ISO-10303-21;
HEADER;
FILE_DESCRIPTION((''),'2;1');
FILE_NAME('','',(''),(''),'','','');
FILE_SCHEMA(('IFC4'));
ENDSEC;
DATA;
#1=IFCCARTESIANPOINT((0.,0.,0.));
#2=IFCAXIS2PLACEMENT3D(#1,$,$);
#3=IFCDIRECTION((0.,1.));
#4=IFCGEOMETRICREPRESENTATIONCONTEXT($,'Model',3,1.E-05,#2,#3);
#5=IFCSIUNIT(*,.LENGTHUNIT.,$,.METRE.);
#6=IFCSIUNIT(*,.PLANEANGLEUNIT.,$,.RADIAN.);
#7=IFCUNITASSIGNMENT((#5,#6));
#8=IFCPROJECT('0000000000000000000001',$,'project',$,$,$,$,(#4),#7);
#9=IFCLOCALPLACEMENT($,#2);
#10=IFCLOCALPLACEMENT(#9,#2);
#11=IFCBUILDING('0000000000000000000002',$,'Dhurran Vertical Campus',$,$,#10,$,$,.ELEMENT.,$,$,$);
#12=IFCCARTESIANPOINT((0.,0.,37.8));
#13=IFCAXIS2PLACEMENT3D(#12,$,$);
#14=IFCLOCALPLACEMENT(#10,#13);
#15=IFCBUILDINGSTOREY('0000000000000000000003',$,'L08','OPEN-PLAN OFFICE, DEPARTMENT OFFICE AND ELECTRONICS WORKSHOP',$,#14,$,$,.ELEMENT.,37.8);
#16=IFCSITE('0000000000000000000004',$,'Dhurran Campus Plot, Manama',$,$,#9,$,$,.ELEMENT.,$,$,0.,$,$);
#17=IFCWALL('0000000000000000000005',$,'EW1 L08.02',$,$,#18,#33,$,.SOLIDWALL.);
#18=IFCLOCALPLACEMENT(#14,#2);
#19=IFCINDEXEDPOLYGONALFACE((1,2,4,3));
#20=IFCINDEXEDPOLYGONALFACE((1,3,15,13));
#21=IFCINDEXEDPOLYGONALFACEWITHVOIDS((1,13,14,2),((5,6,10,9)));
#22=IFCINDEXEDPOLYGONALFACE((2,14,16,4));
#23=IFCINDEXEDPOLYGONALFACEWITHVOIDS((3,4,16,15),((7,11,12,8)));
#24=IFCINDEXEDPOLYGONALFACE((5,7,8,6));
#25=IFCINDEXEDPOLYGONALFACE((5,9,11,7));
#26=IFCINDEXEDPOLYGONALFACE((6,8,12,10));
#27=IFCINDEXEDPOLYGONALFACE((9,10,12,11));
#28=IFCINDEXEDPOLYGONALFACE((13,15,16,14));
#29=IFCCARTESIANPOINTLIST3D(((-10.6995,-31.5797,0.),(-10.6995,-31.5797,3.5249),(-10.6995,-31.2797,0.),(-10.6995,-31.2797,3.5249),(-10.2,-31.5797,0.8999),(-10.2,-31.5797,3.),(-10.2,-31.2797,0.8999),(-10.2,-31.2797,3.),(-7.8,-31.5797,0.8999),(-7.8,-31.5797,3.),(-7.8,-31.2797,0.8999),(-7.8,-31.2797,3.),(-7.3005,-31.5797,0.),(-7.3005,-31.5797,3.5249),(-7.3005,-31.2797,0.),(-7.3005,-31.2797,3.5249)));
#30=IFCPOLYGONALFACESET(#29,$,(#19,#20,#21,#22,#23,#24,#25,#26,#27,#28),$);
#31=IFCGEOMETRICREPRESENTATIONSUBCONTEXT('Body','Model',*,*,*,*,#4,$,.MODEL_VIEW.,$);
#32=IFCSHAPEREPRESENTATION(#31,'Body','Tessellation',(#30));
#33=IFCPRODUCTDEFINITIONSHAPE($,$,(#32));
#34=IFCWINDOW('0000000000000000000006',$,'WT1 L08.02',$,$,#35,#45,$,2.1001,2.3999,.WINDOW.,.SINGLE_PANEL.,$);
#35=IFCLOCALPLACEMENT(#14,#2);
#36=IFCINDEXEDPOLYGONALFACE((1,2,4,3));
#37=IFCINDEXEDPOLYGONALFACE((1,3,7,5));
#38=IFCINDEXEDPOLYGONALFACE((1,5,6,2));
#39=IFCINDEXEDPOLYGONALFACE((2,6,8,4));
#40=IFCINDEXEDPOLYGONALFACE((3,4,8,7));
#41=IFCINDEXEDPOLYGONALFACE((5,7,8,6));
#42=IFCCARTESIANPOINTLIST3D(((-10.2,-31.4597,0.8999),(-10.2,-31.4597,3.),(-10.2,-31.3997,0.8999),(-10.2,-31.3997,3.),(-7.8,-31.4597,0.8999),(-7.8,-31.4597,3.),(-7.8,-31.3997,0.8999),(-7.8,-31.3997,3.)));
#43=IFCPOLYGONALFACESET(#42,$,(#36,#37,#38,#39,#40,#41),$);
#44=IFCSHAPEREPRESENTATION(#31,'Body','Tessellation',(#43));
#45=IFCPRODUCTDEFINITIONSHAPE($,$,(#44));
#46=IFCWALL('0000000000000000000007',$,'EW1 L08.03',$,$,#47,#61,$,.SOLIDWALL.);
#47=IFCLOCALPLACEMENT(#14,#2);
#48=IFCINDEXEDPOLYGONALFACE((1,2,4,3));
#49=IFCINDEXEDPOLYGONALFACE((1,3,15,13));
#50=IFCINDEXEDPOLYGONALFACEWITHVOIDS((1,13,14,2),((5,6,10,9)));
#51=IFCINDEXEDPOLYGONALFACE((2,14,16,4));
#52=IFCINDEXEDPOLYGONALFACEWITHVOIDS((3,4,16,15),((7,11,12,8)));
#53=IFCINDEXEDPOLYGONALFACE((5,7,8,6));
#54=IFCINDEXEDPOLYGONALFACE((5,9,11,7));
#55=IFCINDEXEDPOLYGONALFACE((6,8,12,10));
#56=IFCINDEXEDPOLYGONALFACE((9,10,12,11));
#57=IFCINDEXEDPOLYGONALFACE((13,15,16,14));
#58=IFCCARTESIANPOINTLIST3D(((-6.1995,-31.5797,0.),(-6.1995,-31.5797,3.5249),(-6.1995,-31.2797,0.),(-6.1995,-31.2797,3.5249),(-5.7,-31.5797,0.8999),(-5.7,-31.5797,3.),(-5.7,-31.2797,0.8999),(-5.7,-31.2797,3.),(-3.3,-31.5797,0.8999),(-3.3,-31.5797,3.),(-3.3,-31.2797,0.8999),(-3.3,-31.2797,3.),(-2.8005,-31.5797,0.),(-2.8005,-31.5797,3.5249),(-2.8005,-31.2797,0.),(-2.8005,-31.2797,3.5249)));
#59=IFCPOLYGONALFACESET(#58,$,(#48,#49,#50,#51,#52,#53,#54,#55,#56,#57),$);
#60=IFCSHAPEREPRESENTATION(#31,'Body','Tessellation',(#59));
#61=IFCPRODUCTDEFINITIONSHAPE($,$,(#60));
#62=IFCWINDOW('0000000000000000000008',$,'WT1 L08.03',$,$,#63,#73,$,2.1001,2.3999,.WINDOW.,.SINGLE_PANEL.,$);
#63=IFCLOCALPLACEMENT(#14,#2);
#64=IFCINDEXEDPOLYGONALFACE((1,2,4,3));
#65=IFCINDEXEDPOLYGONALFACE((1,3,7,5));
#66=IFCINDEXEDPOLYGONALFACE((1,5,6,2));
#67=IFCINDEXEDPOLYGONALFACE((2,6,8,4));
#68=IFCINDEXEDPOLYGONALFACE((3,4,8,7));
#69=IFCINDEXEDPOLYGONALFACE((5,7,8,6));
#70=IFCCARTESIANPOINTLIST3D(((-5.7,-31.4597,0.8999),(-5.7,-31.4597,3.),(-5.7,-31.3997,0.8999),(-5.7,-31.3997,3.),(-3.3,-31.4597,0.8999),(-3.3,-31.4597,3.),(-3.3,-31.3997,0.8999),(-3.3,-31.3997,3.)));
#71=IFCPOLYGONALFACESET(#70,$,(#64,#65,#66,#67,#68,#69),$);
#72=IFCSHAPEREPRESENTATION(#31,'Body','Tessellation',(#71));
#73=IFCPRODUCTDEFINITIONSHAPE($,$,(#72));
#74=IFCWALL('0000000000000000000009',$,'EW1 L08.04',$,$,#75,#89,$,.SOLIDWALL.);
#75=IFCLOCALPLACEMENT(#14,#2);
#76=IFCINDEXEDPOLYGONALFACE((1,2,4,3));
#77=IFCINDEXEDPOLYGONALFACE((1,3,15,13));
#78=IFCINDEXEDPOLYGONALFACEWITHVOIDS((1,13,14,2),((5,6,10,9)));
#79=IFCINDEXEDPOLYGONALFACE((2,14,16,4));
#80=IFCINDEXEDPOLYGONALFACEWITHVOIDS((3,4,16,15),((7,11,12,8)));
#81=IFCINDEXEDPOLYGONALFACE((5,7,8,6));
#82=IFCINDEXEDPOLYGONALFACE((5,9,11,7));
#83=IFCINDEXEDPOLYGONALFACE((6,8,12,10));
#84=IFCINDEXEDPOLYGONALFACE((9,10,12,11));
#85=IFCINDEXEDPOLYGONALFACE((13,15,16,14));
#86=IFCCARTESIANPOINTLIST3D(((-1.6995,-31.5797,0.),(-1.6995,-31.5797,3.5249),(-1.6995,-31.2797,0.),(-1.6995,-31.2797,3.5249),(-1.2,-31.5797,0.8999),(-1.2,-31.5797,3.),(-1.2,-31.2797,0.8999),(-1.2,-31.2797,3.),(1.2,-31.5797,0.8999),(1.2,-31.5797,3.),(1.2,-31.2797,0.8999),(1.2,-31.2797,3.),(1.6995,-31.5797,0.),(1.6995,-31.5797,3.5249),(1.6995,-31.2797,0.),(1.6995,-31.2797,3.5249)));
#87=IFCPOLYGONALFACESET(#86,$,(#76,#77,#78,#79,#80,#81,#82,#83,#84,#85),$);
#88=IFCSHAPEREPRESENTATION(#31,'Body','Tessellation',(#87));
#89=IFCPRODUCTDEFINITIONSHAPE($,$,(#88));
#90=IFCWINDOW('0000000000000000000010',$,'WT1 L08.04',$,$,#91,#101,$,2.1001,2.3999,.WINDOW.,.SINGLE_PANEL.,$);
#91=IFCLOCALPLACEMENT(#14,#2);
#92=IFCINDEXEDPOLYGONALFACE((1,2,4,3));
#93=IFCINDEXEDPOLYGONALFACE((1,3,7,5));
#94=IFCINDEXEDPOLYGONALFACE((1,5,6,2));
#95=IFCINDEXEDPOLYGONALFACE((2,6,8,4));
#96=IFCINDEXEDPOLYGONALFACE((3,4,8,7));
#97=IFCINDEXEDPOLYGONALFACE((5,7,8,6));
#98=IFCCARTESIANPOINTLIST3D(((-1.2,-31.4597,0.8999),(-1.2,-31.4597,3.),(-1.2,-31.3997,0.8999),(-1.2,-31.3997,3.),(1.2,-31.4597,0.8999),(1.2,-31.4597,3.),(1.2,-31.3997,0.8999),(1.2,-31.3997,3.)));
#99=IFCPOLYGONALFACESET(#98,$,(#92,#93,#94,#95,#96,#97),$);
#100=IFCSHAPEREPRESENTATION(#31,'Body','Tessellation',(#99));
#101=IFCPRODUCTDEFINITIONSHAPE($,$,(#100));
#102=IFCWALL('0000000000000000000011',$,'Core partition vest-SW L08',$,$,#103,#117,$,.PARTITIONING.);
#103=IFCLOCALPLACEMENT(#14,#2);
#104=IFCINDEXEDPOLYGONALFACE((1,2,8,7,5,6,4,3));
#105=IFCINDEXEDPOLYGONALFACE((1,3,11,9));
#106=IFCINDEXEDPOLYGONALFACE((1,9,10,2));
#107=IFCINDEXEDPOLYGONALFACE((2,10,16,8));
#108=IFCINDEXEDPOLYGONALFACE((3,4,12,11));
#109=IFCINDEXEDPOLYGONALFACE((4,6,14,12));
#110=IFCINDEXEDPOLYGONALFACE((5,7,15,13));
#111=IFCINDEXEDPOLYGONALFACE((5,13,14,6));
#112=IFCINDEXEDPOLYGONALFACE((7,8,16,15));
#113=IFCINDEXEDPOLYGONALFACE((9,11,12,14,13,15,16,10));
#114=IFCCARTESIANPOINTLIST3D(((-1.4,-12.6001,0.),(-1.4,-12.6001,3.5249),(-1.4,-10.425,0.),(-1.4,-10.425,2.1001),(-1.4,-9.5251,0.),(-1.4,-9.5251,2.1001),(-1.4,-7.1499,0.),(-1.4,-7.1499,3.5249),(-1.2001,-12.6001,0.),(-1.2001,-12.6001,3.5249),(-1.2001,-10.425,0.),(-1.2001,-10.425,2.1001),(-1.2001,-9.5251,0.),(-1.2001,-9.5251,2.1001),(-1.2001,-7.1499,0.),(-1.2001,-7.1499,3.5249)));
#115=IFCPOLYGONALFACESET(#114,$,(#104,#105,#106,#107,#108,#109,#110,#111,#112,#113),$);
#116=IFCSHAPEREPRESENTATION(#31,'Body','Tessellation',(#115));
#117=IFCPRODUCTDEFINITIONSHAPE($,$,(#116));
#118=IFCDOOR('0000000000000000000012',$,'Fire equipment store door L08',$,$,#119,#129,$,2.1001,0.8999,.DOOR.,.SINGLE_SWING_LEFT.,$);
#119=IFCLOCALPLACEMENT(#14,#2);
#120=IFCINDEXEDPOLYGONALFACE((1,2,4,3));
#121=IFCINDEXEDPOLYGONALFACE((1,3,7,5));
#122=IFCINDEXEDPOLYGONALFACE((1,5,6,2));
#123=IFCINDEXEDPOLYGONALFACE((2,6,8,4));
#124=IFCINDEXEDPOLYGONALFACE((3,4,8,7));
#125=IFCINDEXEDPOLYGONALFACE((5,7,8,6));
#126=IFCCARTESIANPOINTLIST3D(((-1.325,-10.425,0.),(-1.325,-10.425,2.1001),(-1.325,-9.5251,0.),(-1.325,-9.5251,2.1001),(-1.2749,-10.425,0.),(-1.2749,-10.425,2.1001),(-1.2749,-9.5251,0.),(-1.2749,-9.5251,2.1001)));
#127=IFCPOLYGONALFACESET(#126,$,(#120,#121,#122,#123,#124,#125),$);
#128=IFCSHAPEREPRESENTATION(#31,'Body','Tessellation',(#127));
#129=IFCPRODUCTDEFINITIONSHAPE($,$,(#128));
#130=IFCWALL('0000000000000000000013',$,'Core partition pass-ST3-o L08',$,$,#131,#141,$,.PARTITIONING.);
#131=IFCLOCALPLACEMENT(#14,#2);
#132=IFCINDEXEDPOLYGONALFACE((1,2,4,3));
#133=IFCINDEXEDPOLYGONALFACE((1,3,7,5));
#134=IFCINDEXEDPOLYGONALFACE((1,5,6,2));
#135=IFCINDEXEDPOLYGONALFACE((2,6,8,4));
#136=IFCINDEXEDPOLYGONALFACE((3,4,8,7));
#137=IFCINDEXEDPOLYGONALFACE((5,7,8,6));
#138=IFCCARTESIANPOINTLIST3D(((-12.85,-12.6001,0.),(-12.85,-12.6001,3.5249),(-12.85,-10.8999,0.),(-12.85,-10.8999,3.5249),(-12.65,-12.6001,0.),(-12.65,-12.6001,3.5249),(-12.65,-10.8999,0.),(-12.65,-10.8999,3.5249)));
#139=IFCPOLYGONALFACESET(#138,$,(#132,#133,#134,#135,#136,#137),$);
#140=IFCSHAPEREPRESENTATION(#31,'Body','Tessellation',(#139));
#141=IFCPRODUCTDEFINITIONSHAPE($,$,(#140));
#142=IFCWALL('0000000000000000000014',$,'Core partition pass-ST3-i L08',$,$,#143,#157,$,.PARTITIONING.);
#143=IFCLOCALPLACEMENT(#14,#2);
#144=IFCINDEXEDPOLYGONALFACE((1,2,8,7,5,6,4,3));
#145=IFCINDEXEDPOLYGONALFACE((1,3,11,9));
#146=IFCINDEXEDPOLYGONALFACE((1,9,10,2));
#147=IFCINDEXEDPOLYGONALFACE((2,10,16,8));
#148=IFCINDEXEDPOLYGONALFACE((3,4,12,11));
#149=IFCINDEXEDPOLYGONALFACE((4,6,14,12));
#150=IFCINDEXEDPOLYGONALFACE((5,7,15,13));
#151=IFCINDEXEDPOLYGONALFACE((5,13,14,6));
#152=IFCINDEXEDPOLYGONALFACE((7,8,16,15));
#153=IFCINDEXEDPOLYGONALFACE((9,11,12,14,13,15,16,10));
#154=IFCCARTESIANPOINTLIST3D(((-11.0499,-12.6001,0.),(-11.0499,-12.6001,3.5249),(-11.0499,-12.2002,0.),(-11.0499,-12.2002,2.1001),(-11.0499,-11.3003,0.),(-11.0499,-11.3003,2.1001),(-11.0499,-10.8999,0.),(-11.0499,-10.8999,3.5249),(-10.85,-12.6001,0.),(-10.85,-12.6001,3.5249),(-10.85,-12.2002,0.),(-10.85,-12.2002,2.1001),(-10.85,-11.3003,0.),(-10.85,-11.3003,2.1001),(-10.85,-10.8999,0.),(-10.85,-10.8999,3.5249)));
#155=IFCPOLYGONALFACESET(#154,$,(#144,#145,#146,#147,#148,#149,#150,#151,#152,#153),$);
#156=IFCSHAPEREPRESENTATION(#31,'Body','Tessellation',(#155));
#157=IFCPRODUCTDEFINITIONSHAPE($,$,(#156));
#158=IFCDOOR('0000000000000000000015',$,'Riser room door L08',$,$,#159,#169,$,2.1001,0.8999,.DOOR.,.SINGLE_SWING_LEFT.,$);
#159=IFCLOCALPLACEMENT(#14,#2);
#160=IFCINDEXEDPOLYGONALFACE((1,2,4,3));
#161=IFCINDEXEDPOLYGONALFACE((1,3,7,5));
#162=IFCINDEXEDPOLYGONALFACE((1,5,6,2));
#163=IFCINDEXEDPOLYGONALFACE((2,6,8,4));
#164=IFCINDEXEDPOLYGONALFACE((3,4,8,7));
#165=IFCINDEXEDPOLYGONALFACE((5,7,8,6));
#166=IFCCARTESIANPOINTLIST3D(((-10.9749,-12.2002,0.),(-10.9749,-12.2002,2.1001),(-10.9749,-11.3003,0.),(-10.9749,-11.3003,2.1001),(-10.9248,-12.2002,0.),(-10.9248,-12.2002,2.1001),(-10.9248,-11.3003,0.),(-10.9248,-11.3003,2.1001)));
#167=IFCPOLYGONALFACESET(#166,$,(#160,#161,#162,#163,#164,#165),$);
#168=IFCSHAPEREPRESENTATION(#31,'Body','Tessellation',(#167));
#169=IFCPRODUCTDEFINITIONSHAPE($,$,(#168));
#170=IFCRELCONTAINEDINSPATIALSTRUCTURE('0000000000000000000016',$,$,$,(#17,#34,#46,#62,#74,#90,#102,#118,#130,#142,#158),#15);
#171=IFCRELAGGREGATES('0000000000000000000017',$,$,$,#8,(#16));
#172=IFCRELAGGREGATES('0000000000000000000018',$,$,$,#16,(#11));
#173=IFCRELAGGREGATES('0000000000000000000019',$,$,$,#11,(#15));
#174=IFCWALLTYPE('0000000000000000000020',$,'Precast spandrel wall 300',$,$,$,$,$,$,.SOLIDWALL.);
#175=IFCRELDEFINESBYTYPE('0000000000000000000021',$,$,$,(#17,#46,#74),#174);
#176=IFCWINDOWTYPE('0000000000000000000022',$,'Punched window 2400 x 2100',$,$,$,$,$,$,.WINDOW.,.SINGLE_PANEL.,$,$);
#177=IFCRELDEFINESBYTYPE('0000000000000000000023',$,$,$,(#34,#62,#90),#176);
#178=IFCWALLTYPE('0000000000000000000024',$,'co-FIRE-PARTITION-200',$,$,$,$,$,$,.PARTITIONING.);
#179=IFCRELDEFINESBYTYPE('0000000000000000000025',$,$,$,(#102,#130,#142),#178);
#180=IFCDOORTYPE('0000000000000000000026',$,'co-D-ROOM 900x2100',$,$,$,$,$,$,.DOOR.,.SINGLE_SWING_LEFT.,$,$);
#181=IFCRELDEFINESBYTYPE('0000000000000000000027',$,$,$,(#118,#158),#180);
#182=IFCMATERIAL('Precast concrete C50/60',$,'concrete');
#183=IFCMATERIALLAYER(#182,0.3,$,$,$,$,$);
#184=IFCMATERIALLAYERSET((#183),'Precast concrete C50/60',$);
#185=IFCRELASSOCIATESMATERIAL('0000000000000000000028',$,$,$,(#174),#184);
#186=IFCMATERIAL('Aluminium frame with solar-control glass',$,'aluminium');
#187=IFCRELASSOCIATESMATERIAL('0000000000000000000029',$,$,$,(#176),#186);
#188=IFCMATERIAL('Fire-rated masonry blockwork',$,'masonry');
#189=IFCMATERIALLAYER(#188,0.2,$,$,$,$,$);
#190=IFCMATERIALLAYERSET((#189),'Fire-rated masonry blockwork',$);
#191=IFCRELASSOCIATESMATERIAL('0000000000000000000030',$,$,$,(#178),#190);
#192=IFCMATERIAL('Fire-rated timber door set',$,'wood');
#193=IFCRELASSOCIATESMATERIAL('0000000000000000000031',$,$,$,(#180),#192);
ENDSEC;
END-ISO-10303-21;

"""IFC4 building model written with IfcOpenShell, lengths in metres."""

from ifc_helpers import new_model, si_unit, direction, frame, frame_2d, origin, place, context, subcontext, project, spatial, rectangle, extrude, material, layer, layer_set, type_object, element, fill, save


model = new_model("IFC4")

# Units and contexts
model_context = context("Model", 3, precision=1e-05, world=origin(), true_north=direction((0.0, 1.0)))
body_context = subcontext(model_context, "Body", "Model", "MODEL_VIEW")
ifc_project = project(units=[si_unit("LENGTHUNIT", "METRE"), si_unit("PLANEANGLEUNIT", "RADIAN")], contexts=[model_context])

# Site, building, storey
site_placement = place(None, origin())
site = spatial("IfcSite", under=ifc_project, at=site_placement, Name="Dhurran Campus Plot, Manama", CompositionType="ELEMENT", RefElevation=0.0)
building_placement = place(site_placement, origin())
building = spatial("IfcBuilding", under=site, at=building_placement, Name="Dhurran Vertical Campus", CompositionType="ELEMENT")
storey_placement = place(building_placement, frame((0.0, 0.0, 37.8)))
storey = spatial("IfcBuildingStorey", under=building, at=storey_placement, Name="L08", Description="OPEN-PLAN OFFICE, DEPARTMENT OFFICE AND ELECTRONICS WORKSHOP", CompositionType="ELEMENT", Elevation=37.8)

# Walls, openings, windows
ifc_material_1 = material(Name="Precast concrete C50/60", Category="concrete")
ifc_layer_1 = layer(ifc_material_1, 0.3)
ifc_layer_set_1 = layer_set([ifc_layer_1], Name="Precast concrete C50/60")
wall_type_1 = type_object("IfcWallType", Name="Precast spandrel wall 300", PredefinedType="SOLIDWALL", material=ifc_layer_set_1)
ifc_material_2 = material(Name="Aluminium frame with solar-control glass", Category="aluminium")
window_type = type_object("IfcWindowType", Name="Punched window 2400 x 2100", PartitioningType="SINGLE_PANEL", PredefinedType="WINDOW", material=ifc_material_2)
wall_1_placement = place(storey_placement, frame((-10.6995, -31.4297, 0.0), z_axis=(0.0, 0.0, 1.0), x_axis=(1.0, 0.0, 0.0)))
wall_1 = element("IfcWall", 1, at=wall_1_placement, inside=storey, type_object=wall_type_1, Name="EW1 L08.02", PredefinedType="SOLIDWALL", context=body_context, shape_type="SweptSolid", body=[
    extrude(rectangle(XDim=3.3989, YDim=0.3, at=frame_2d((1.6995, 0.0))), origin(), (0.0, 0.0, 1.0), 3.5249),
])
opening_1_placement = place(wall_1_placement, frame((0.4995, 0.0, 0.8999)))
opening_1 = element("IfcOpeningElement", 2, at=opening_1_placement, cuts=wall_1, PredefinedType="OPENING", context=body_context, shape_type="SweptSolid", body=[
    extrude(rectangle(XDim=2.3999, YDim=2.1001, at=frame_2d((1.2, 1.05))), frame((0.0, 0.1599, 0.0), z_axis=(0.0, -1.0, 0.0), x_axis=(1.0, 0.0, 0.0)), (0.0, 0.0, 1.0), 0.3201),
])
window_1_placement = place(opening_1_placement, origin())
window_1 = element("IfcWindow", 3, at=window_1_placement, inside=storey, type_object=window_type, Name="WT1 L08.02", OverallHeight=2.1001, OverallWidth=2.3999, PartitioningType="SINGLE_PANEL", PredefinedType="WINDOW", context=body_context, shape_type="SweptSolid", body=[
    extrude(rectangle(XDim=2.3999, YDim=2.1001, at=frame_2d((1.2, 1.05))), frame((0.0, 0.03, 0.0), z_axis=(0.0, -1.0, 0.0), x_axis=(1.0, 0.0, 0.0)), (0.0, 0.0, 1.0), 0.0601),
])
fill(opening_1, window_1)
wall_2_placement = place(storey_placement, frame((-6.1995, -31.4297, 0.0), z_axis=(0.0, 0.0, 1.0), x_axis=(1.0, 0.0, 0.0)))
wall_2 = element("IfcWall", 4, at=wall_2_placement, inside=storey, type_object=wall_type_1, Name="EW1 L08.03", PredefinedType="SOLIDWALL", context=body_context, shape_type="SweptSolid", body=[
    extrude(rectangle(XDim=3.3989, YDim=0.3, at=frame_2d((1.6995, 0.0))), origin(), (0.0, 0.0, 1.0), 3.5249),
])
opening_2_placement = place(wall_2_placement, frame((0.4995, 0.0, 0.8999)))
opening_2 = element("IfcOpeningElement", 5, at=opening_2_placement, cuts=wall_2, PredefinedType="OPENING", context=body_context, shape_type="SweptSolid", body=[
    extrude(rectangle(XDim=2.3999, YDim=2.1001, at=frame_2d((1.2, 1.05))), frame((0.0, 0.1599, 0.0), z_axis=(0.0, -1.0, 0.0), x_axis=(1.0, 0.0, 0.0)), (0.0, 0.0, 1.0), 0.3201),
])
window_2_placement = place(opening_2_placement, origin())
window_2 = element("IfcWindow", 6, at=window_2_placement, inside=storey, type_object=window_type, Name="WT1 L08.03", OverallHeight=2.1001, OverallWidth=2.3999, PartitioningType="SINGLE_PANEL", PredefinedType="WINDOW", context=body_context, shape_type="SweptSolid", body=[
    extrude(rectangle(XDim=2.3999, YDim=2.1001, at=frame_2d((1.2, 1.05))), frame((0.0, 0.03, 0.0), z_axis=(0.0, -1.0, 0.0), x_axis=(1.0, 0.0, 0.0)), (0.0, 0.0, 1.0), 0.0601),
])
fill(opening_2, window_2)
wall_3_placement = place(storey_placement, frame((-1.6995, -31.4297, 0.0), z_axis=(0.0, 0.0, 1.0), x_axis=(1.0, 0.0, 0.0)))
wall_3 = element("IfcWall", 7, at=wall_3_placement, inside=storey, type_object=wall_type_1, Name="EW1 L08.04", PredefinedType="SOLIDWALL", context=body_context, shape_type="SweptSolid", body=[
    extrude(rectangle(XDim=3.3989, YDim=0.3, at=frame_2d((1.6995, 0.0))), origin(), (0.0, 0.0, 1.0), 3.5249),
])
opening_3_placement = place(wall_3_placement, frame((0.4995, 0.0, 0.8999)))
opening_3 = element("IfcOpeningElement", 8, at=opening_3_placement, cuts=wall_3, PredefinedType="OPENING", context=body_context, shape_type="SweptSolid", body=[
    extrude(rectangle(XDim=2.3999, YDim=2.1001, at=frame_2d((1.2, 1.05))), frame((0.0, 0.1599, 0.0), z_axis=(0.0, -1.0, 0.0), x_axis=(1.0, 0.0, 0.0)), (0.0, 0.0, 1.0), 0.3201),
])
window_3_placement = place(opening_3_placement, origin())
window_3 = element("IfcWindow", 9, at=window_3_placement, inside=storey, type_object=window_type, Name="WT1 L08.04", OverallHeight=2.1001, OverallWidth=2.3999, PartitioningType="SINGLE_PANEL", PredefinedType="WINDOW", context=body_context, shape_type="SweptSolid", body=[
    extrude(rectangle(XDim=2.3999, YDim=2.1001, at=frame_2d((1.2, 1.05))), frame((0.0, 0.03, 0.0), z_axis=(0.0, -1.0, 0.0), x_axis=(1.0, 0.0, 0.0)), (0.0, 0.0, 1.0), 0.0601),
])
fill(opening_3, window_3)

# Wall, opening, door
ifc_material_3 = material(Name="Fire-rated masonry blockwork", Category="masonry")
ifc_layer_2 = layer(ifc_material_3, 0.2)
ifc_layer_set_2 = layer_set([ifc_layer_2], Name="Fire-rated masonry blockwork")
wall_type_2 = type_object("IfcWallType", Name="co-FIRE-PARTITION-200", PredefinedType="PARTITIONING", material=ifc_layer_set_2)
wall_4_placement = place(storey_placement, frame((-1.3, -12.6001, 0.0), z_axis=(0.0, 0.0, 1.0), x_axis=(0.0, 1.0, 0.0)))
wall_4 = element("IfcWall", 10, at=wall_4_placement, inside=storey, type_object=wall_type_2, Name="Core partition vest-SW L08", PredefinedType="PARTITIONING", context=body_context, shape_type="SweptSolid", body=[
    extrude(rectangle(XDim=5.4502, YDim=0.2, at=frame_2d((2.7251, 0.0))), origin(), (0.0, 0.0, 1.0), 3.5249),
])
opening_4_placement = place(wall_4_placement, frame((2.175, 0.0, 0.0)))
opening_4 = element("IfcOpeningElement", 11, at=opening_4_placement, cuts=wall_4, PredefinedType="OPENING", context=body_context, shape_type="SweptSolid", body=[
    extrude(rectangle(XDim=0.8999, YDim=2.1001, at=frame_2d((0.45, 1.05))), frame((0.0, 0.1099, 0.0), z_axis=(0.0, -1.0, 0.0), x_axis=(1.0, 0.0, 0.0)), (0.0, 0.0, 1.0), 0.22),
])
ifc_material_4 = material(Name="Fire-rated timber door set", Category="wood")
door_type_1 = type_object("IfcDoorType", Name="co-D-ROOM 900x2100", OperationType="SINGLE_SWING_LEFT", PredefinedType="DOOR", material=ifc_material_4)
door_1_placement = place(opening_4_placement, origin())
door_1 = element("IfcDoor", 12, at=door_1_placement, inside=storey, type_object=door_type_1, Name="Fire equipment store door L08", OperationType="SINGLE_SWING_LEFT", OverallHeight=2.1001, OverallWidth=0.8999, PredefinedType="DOOR", context=body_context, shape_type="SweptSolid", body=[
    extrude(rectangle(XDim=0.8999, YDim=2.1001, at=frame_2d((0.45, 1.05))), frame((0.0, 0.0249, 0.0), z_axis=(0.0, -1.0, 0.0), x_axis=(1.0, 0.0, 0.0)), (0.0, 0.0, 1.0), 0.05),
])
fill(opening_4, door_1)

# Wall
wall_5_placement = place(storey_placement, frame((-12.75, -12.6001, 0.0), z_axis=(0.0, 0.0, 1.0), x_axis=(0.0, 1.0, 0.0)))
element("IfcWall", 13, at=wall_5_placement, inside=storey, type_object=wall_type_2, Name="Core partition pass-ST3-o L08", PredefinedType="PARTITIONING", context=body_context, shape_type="SweptSolid", body=[
    extrude(rectangle(XDim=1.7002, YDim=0.2, at=frame_2d((0.8501, 0.0))), origin(), (0.0, 0.0, 1.0), 3.5249),
])

# Wall, opening, door
wall_6_placement = place(storey_placement, frame((-10.95, -12.6001, 0.0), z_axis=(0.0, 0.0, 1.0), x_axis=(0.0, 1.0, 0.0)))
wall_6 = element("IfcWall", 14, at=wall_6_placement, inside=storey, type_object=wall_type_2, Name="Core partition pass-ST3-i L08", PredefinedType="PARTITIONING", context=body_context, shape_type="SweptSolid", body=[
    extrude(rectangle(XDim=1.7002, YDim=0.2, at=frame_2d((0.8501, 0.0))), origin(), (0.0, 0.0, 1.0), 3.5249),
])
opening_5_placement = place(wall_6_placement, frame((0.3999, 0.0, 0.0)))
opening_5 = element("IfcOpeningElement", 15, at=opening_5_placement, cuts=wall_6, PredefinedType="OPENING", context=body_context, shape_type="SweptSolid", body=[
    extrude(rectangle(XDim=0.8999, YDim=2.1001, at=frame_2d((0.45, 1.05))), frame((0.0, 0.1099, 0.0), z_axis=(0.0, -1.0, 0.0), x_axis=(1.0, 0.0, 0.0)), (0.0, 0.0, 1.0), 0.22),
])
door_2_placement = place(opening_5_placement, origin())
door_2 = element("IfcDoor", 16, at=door_2_placement, inside=storey, type_object=door_type_1, Name="Riser room door L08", OperationType="SINGLE_SWING_LEFT", OverallHeight=2.1001, OverallWidth=0.8999, PredefinedType="DOOR", context=body_context, shape_type="SweptSolid", body=[
    extrude(rectangle(XDim=0.8999, YDim=2.1001, at=frame_2d((0.45, 1.05))), frame((0.0, 0.0249, 0.0), z_axis=(0.0, -1.0, 0.0), x_axis=(1.0, 0.0, 0.0)), (0.0, 0.0, 1.0), 0.05),
])
fill(opening_5, door_2)

save(model, "model.ifc")
